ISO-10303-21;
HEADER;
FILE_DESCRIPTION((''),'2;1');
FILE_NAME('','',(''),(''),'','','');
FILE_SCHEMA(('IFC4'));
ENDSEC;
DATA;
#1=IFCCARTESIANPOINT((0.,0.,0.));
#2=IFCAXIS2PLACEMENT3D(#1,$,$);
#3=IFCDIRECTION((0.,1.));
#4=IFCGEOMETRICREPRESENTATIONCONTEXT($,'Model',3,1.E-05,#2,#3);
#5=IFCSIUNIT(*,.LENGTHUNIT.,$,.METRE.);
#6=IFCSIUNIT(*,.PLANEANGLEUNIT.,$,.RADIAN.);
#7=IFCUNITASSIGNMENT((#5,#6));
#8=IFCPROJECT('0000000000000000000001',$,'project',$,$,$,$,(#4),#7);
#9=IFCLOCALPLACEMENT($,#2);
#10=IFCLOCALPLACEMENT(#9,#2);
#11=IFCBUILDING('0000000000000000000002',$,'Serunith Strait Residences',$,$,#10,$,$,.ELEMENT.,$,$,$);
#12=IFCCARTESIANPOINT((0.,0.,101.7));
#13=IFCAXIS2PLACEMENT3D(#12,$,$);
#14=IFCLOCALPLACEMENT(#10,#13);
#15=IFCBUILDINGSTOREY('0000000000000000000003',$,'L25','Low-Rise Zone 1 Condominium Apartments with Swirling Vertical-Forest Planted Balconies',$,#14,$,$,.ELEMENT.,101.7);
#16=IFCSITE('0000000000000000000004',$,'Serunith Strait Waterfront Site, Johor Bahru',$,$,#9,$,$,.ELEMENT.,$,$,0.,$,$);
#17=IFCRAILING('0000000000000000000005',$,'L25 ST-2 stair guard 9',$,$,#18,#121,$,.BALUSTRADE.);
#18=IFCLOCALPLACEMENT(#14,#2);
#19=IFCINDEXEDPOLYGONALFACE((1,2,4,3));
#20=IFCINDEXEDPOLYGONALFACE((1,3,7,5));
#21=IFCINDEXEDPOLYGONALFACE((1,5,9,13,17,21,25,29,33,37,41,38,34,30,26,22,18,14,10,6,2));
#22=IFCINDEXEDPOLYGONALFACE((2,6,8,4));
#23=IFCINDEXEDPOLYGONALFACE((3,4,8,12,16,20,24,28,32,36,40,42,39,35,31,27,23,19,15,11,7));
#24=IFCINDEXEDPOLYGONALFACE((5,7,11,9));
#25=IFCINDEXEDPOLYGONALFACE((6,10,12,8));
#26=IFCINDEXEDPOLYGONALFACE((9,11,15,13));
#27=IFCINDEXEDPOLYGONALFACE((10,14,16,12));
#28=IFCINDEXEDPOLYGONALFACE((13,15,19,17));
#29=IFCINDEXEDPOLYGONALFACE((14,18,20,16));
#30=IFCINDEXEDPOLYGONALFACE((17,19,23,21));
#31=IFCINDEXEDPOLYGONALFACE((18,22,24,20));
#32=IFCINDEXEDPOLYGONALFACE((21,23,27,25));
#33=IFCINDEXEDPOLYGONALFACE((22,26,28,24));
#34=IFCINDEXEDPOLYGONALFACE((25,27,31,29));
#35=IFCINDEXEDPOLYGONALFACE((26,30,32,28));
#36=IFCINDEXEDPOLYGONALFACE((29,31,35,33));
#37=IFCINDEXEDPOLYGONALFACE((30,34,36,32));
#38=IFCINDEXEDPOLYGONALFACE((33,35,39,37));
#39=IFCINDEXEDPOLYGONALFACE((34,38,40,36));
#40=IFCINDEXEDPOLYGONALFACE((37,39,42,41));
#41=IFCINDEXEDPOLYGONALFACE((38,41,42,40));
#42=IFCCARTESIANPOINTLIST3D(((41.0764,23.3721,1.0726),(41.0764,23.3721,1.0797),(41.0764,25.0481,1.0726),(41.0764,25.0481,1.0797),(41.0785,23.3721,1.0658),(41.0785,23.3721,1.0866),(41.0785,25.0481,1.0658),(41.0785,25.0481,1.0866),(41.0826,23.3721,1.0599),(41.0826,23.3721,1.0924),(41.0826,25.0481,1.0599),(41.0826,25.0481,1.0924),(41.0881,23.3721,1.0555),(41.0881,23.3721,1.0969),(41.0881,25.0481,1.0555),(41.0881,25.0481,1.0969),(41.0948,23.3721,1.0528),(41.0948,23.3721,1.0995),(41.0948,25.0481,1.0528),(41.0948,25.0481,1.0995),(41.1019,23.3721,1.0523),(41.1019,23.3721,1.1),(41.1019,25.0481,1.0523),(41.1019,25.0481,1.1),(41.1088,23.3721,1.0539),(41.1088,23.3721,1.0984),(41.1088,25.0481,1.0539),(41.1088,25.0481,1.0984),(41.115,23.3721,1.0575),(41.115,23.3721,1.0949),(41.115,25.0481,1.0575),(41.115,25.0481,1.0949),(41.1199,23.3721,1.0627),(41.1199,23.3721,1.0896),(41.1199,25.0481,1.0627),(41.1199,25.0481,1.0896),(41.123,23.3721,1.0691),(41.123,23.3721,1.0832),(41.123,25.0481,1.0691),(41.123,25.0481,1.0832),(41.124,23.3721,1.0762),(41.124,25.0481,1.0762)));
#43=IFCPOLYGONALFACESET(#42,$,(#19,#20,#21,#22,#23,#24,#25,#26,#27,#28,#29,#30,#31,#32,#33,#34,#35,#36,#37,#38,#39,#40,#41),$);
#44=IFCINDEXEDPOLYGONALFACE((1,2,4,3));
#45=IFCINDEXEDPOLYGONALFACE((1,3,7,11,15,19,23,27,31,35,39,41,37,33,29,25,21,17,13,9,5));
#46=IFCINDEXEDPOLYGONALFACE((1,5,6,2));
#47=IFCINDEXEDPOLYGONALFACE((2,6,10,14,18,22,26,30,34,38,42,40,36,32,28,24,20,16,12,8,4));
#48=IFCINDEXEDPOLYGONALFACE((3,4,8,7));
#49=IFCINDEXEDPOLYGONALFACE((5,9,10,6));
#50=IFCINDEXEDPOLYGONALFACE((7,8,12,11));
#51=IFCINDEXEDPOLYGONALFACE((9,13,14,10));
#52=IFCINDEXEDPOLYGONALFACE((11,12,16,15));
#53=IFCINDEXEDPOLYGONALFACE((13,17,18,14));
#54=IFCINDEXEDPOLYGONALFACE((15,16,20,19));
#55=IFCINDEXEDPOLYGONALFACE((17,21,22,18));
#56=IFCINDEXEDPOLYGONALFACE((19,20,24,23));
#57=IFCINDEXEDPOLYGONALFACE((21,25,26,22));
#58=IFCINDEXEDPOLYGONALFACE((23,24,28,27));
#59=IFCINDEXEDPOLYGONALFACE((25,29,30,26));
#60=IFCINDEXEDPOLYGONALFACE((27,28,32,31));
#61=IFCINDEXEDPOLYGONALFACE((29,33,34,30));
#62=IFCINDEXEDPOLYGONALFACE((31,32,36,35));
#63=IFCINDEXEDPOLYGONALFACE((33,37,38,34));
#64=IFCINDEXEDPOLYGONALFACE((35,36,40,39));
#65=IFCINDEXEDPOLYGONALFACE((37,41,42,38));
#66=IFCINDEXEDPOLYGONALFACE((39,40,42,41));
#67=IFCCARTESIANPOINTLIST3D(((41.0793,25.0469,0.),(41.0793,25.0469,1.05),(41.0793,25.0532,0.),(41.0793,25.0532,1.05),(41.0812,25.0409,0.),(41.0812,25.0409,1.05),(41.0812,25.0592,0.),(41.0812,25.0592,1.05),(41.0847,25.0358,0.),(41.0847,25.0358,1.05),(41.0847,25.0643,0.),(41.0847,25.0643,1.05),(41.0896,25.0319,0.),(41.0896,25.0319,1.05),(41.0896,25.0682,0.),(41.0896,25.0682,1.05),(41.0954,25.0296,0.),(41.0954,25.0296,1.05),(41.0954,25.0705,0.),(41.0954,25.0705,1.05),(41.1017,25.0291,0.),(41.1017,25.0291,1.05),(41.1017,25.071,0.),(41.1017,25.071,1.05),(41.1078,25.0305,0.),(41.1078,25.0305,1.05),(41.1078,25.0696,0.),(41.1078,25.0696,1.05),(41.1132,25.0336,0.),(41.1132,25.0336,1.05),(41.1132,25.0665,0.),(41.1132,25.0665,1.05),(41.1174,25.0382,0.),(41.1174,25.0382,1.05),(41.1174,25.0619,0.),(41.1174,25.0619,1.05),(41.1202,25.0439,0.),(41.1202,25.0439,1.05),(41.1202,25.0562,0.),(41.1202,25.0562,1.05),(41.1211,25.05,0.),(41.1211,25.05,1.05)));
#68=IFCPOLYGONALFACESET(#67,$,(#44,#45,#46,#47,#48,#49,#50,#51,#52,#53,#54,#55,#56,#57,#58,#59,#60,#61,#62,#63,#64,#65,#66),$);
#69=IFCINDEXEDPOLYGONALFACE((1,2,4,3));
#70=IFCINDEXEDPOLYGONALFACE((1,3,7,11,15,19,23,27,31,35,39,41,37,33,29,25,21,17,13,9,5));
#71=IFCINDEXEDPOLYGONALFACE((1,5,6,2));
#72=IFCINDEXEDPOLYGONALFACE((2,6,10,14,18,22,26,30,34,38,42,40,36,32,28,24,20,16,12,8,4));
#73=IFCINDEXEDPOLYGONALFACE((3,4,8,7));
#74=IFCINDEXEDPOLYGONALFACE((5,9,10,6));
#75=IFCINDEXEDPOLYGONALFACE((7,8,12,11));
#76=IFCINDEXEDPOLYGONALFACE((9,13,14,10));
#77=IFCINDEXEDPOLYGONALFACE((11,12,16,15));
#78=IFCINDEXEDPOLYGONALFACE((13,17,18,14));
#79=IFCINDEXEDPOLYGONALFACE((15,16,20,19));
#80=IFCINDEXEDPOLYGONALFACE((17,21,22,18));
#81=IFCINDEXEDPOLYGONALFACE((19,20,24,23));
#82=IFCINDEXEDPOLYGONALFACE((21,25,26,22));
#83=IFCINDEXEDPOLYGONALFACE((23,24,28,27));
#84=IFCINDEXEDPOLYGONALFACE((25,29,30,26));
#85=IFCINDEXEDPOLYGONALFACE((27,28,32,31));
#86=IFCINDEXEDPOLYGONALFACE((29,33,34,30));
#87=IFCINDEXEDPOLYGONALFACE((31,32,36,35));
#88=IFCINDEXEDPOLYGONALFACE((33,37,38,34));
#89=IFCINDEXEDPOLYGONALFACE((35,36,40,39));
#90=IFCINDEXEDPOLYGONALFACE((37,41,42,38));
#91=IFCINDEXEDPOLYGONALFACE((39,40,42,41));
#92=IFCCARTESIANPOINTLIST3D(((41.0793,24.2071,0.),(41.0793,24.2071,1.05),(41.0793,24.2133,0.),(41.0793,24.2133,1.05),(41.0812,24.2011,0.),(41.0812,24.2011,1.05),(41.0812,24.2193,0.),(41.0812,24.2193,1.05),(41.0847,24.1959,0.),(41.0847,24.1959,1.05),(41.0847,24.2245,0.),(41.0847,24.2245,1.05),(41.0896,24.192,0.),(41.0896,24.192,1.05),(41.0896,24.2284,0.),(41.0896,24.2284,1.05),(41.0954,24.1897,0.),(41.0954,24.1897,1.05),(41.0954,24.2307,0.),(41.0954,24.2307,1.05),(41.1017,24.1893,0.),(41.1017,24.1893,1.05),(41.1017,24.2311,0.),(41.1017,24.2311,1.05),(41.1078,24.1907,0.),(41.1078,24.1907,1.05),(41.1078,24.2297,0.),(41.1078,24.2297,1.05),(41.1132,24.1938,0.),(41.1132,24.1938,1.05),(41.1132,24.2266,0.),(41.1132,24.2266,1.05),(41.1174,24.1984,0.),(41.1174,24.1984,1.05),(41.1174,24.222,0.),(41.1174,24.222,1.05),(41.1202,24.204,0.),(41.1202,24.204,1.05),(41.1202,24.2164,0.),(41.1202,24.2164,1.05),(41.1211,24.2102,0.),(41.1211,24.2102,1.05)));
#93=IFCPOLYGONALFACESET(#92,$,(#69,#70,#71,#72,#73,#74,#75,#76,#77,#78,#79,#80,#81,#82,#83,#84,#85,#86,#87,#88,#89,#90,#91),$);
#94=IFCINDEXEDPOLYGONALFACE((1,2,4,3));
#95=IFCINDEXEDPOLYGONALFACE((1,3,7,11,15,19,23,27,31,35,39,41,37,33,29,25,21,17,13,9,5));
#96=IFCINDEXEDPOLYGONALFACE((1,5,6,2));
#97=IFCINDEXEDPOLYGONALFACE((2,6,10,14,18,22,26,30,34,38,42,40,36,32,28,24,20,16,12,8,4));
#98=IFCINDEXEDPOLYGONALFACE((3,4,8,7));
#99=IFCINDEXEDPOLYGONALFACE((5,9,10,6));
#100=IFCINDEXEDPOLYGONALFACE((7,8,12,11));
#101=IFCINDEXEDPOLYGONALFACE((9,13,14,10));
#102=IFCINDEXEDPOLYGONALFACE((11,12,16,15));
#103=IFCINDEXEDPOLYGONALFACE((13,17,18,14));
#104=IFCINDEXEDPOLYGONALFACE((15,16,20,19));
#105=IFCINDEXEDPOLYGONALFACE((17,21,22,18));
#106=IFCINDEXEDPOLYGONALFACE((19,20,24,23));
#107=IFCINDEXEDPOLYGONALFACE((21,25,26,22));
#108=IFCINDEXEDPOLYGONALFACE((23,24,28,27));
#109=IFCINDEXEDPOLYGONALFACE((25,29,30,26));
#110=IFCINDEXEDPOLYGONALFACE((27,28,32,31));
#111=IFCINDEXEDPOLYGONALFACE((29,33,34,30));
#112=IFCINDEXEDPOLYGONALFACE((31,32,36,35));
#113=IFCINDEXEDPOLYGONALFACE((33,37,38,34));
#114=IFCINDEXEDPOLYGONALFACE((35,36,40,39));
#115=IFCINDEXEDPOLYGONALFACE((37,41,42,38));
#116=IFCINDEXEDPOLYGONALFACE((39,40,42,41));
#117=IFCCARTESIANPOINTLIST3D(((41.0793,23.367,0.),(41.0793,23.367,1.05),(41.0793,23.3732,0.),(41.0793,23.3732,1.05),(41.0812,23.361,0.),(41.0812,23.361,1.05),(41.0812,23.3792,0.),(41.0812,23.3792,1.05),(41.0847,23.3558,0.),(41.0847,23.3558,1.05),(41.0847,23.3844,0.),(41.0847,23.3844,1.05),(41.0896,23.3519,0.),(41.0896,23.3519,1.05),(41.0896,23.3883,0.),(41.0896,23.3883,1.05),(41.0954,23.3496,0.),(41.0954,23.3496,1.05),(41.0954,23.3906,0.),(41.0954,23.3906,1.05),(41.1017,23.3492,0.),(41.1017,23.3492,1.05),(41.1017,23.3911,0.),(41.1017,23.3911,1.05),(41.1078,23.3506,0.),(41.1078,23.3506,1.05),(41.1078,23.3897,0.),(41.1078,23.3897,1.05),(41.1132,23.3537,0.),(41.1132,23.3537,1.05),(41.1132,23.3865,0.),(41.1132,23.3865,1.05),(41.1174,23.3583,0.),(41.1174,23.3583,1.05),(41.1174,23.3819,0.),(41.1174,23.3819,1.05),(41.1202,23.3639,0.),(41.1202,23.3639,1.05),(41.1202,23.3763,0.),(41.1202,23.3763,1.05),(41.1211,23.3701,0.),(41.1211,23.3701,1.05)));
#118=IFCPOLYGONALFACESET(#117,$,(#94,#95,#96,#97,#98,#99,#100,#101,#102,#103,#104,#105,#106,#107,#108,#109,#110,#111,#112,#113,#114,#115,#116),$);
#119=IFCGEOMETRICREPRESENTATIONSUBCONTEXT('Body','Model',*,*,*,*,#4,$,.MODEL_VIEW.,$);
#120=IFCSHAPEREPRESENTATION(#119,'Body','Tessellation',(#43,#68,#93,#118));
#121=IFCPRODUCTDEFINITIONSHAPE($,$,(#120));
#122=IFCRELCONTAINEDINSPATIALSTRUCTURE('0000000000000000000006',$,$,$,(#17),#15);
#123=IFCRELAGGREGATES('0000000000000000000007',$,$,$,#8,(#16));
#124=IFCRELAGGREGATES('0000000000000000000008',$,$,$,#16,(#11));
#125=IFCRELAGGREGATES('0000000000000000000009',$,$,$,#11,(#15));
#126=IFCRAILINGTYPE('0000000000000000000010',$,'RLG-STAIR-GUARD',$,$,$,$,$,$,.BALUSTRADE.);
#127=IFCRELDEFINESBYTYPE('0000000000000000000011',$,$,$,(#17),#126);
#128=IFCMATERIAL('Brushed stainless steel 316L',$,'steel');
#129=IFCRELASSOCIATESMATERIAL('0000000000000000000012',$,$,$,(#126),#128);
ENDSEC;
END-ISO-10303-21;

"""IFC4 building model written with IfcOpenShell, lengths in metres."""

from ifc_helpers import new_model, si_unit, direction, frame, origin, origin_2d, place, context, subcontext, project, spatial, circle, extrude, material, type_object, element, save


model = new_model("IFC4")

# Units and contexts
model_context = context("Model", 3, precision=1e-05, world=origin(), true_north=direction((0.0, 1.0)))
body_context = subcontext(model_context, "Body", "Model", "MODEL_VIEW")
ifc_project = project(units=[si_unit("LENGTHUNIT", "METRE"), si_unit("PLANEANGLEUNIT", "RADIAN")], contexts=[model_context])

# Site, building, storey
site_placement = place(None, origin())
site = spatial("IfcSite", under=ifc_project, at=site_placement, Name="Serunith Strait Waterfront Site, Johor Bahru", CompositionType="ELEMENT", RefElevation=0.0)
building_placement = place(site_placement, origin())
building = spatial("IfcBuilding", under=site, at=building_placement, Name="Serunith Strait Residences", CompositionType="ELEMENT")
storey_placement = place(building_placement, frame((0.0, 0.0, 101.7)))
storey = spatial("IfcBuildingStorey", under=building, at=storey_placement, Name="L25", Description="Low-Rise Zone 1 Condominium Apartments with Swirling Vertical-Forest Planted Balconies", CompositionType="ELEMENT", Elevation=101.7)

# Railing
ifc_material_1 = material(Name="Brushed stainless steel 316L", Category="steel")
railing_type_1 = type_object("IfcRailingType", Name="RLG-STAIR-GUARD", PredefinedType="BALUSTRADE", material=ifc_material_1)
for number, where, name in (
    (1, (41.1001, 25.05, 0.0), "L25 ST-2 stair guard 9"),
):
    element("IfcRailing", number, at=place(storey_placement, frame(where)), inside=storey, type_object=railing_type_1, Name=name, PredefinedType="BALUSTRADE", context=body_context, shape_type="SweptSolid", body=[
        extrude(circle(Radius=0.0239, at=origin_2d()), frame((0.0, -0.002, 1.0762), z_axis=(0.0, -1.0, 0.0), x_axis=(1.0, 0.0, 0.0)), (0.0, 0.0, 1.0), 1.676),
        extrude(circle(Radius=0.021, at=origin_2d()), origin(), (0.0, 0.0, 1.0), 1.05),
        extrude(circle(Radius=0.021, at=origin_2d()), frame((0.0, -0.8398, 0.0)), (0.0, 0.0, 1.0), 1.05),
        extrude(circle(Radius=0.021, at=origin_2d()), frame((0.0, -1.6799, 0.0)), (0.0, 0.0, 1.0), 1.05),
    ])

save(model, "model.ifc")
